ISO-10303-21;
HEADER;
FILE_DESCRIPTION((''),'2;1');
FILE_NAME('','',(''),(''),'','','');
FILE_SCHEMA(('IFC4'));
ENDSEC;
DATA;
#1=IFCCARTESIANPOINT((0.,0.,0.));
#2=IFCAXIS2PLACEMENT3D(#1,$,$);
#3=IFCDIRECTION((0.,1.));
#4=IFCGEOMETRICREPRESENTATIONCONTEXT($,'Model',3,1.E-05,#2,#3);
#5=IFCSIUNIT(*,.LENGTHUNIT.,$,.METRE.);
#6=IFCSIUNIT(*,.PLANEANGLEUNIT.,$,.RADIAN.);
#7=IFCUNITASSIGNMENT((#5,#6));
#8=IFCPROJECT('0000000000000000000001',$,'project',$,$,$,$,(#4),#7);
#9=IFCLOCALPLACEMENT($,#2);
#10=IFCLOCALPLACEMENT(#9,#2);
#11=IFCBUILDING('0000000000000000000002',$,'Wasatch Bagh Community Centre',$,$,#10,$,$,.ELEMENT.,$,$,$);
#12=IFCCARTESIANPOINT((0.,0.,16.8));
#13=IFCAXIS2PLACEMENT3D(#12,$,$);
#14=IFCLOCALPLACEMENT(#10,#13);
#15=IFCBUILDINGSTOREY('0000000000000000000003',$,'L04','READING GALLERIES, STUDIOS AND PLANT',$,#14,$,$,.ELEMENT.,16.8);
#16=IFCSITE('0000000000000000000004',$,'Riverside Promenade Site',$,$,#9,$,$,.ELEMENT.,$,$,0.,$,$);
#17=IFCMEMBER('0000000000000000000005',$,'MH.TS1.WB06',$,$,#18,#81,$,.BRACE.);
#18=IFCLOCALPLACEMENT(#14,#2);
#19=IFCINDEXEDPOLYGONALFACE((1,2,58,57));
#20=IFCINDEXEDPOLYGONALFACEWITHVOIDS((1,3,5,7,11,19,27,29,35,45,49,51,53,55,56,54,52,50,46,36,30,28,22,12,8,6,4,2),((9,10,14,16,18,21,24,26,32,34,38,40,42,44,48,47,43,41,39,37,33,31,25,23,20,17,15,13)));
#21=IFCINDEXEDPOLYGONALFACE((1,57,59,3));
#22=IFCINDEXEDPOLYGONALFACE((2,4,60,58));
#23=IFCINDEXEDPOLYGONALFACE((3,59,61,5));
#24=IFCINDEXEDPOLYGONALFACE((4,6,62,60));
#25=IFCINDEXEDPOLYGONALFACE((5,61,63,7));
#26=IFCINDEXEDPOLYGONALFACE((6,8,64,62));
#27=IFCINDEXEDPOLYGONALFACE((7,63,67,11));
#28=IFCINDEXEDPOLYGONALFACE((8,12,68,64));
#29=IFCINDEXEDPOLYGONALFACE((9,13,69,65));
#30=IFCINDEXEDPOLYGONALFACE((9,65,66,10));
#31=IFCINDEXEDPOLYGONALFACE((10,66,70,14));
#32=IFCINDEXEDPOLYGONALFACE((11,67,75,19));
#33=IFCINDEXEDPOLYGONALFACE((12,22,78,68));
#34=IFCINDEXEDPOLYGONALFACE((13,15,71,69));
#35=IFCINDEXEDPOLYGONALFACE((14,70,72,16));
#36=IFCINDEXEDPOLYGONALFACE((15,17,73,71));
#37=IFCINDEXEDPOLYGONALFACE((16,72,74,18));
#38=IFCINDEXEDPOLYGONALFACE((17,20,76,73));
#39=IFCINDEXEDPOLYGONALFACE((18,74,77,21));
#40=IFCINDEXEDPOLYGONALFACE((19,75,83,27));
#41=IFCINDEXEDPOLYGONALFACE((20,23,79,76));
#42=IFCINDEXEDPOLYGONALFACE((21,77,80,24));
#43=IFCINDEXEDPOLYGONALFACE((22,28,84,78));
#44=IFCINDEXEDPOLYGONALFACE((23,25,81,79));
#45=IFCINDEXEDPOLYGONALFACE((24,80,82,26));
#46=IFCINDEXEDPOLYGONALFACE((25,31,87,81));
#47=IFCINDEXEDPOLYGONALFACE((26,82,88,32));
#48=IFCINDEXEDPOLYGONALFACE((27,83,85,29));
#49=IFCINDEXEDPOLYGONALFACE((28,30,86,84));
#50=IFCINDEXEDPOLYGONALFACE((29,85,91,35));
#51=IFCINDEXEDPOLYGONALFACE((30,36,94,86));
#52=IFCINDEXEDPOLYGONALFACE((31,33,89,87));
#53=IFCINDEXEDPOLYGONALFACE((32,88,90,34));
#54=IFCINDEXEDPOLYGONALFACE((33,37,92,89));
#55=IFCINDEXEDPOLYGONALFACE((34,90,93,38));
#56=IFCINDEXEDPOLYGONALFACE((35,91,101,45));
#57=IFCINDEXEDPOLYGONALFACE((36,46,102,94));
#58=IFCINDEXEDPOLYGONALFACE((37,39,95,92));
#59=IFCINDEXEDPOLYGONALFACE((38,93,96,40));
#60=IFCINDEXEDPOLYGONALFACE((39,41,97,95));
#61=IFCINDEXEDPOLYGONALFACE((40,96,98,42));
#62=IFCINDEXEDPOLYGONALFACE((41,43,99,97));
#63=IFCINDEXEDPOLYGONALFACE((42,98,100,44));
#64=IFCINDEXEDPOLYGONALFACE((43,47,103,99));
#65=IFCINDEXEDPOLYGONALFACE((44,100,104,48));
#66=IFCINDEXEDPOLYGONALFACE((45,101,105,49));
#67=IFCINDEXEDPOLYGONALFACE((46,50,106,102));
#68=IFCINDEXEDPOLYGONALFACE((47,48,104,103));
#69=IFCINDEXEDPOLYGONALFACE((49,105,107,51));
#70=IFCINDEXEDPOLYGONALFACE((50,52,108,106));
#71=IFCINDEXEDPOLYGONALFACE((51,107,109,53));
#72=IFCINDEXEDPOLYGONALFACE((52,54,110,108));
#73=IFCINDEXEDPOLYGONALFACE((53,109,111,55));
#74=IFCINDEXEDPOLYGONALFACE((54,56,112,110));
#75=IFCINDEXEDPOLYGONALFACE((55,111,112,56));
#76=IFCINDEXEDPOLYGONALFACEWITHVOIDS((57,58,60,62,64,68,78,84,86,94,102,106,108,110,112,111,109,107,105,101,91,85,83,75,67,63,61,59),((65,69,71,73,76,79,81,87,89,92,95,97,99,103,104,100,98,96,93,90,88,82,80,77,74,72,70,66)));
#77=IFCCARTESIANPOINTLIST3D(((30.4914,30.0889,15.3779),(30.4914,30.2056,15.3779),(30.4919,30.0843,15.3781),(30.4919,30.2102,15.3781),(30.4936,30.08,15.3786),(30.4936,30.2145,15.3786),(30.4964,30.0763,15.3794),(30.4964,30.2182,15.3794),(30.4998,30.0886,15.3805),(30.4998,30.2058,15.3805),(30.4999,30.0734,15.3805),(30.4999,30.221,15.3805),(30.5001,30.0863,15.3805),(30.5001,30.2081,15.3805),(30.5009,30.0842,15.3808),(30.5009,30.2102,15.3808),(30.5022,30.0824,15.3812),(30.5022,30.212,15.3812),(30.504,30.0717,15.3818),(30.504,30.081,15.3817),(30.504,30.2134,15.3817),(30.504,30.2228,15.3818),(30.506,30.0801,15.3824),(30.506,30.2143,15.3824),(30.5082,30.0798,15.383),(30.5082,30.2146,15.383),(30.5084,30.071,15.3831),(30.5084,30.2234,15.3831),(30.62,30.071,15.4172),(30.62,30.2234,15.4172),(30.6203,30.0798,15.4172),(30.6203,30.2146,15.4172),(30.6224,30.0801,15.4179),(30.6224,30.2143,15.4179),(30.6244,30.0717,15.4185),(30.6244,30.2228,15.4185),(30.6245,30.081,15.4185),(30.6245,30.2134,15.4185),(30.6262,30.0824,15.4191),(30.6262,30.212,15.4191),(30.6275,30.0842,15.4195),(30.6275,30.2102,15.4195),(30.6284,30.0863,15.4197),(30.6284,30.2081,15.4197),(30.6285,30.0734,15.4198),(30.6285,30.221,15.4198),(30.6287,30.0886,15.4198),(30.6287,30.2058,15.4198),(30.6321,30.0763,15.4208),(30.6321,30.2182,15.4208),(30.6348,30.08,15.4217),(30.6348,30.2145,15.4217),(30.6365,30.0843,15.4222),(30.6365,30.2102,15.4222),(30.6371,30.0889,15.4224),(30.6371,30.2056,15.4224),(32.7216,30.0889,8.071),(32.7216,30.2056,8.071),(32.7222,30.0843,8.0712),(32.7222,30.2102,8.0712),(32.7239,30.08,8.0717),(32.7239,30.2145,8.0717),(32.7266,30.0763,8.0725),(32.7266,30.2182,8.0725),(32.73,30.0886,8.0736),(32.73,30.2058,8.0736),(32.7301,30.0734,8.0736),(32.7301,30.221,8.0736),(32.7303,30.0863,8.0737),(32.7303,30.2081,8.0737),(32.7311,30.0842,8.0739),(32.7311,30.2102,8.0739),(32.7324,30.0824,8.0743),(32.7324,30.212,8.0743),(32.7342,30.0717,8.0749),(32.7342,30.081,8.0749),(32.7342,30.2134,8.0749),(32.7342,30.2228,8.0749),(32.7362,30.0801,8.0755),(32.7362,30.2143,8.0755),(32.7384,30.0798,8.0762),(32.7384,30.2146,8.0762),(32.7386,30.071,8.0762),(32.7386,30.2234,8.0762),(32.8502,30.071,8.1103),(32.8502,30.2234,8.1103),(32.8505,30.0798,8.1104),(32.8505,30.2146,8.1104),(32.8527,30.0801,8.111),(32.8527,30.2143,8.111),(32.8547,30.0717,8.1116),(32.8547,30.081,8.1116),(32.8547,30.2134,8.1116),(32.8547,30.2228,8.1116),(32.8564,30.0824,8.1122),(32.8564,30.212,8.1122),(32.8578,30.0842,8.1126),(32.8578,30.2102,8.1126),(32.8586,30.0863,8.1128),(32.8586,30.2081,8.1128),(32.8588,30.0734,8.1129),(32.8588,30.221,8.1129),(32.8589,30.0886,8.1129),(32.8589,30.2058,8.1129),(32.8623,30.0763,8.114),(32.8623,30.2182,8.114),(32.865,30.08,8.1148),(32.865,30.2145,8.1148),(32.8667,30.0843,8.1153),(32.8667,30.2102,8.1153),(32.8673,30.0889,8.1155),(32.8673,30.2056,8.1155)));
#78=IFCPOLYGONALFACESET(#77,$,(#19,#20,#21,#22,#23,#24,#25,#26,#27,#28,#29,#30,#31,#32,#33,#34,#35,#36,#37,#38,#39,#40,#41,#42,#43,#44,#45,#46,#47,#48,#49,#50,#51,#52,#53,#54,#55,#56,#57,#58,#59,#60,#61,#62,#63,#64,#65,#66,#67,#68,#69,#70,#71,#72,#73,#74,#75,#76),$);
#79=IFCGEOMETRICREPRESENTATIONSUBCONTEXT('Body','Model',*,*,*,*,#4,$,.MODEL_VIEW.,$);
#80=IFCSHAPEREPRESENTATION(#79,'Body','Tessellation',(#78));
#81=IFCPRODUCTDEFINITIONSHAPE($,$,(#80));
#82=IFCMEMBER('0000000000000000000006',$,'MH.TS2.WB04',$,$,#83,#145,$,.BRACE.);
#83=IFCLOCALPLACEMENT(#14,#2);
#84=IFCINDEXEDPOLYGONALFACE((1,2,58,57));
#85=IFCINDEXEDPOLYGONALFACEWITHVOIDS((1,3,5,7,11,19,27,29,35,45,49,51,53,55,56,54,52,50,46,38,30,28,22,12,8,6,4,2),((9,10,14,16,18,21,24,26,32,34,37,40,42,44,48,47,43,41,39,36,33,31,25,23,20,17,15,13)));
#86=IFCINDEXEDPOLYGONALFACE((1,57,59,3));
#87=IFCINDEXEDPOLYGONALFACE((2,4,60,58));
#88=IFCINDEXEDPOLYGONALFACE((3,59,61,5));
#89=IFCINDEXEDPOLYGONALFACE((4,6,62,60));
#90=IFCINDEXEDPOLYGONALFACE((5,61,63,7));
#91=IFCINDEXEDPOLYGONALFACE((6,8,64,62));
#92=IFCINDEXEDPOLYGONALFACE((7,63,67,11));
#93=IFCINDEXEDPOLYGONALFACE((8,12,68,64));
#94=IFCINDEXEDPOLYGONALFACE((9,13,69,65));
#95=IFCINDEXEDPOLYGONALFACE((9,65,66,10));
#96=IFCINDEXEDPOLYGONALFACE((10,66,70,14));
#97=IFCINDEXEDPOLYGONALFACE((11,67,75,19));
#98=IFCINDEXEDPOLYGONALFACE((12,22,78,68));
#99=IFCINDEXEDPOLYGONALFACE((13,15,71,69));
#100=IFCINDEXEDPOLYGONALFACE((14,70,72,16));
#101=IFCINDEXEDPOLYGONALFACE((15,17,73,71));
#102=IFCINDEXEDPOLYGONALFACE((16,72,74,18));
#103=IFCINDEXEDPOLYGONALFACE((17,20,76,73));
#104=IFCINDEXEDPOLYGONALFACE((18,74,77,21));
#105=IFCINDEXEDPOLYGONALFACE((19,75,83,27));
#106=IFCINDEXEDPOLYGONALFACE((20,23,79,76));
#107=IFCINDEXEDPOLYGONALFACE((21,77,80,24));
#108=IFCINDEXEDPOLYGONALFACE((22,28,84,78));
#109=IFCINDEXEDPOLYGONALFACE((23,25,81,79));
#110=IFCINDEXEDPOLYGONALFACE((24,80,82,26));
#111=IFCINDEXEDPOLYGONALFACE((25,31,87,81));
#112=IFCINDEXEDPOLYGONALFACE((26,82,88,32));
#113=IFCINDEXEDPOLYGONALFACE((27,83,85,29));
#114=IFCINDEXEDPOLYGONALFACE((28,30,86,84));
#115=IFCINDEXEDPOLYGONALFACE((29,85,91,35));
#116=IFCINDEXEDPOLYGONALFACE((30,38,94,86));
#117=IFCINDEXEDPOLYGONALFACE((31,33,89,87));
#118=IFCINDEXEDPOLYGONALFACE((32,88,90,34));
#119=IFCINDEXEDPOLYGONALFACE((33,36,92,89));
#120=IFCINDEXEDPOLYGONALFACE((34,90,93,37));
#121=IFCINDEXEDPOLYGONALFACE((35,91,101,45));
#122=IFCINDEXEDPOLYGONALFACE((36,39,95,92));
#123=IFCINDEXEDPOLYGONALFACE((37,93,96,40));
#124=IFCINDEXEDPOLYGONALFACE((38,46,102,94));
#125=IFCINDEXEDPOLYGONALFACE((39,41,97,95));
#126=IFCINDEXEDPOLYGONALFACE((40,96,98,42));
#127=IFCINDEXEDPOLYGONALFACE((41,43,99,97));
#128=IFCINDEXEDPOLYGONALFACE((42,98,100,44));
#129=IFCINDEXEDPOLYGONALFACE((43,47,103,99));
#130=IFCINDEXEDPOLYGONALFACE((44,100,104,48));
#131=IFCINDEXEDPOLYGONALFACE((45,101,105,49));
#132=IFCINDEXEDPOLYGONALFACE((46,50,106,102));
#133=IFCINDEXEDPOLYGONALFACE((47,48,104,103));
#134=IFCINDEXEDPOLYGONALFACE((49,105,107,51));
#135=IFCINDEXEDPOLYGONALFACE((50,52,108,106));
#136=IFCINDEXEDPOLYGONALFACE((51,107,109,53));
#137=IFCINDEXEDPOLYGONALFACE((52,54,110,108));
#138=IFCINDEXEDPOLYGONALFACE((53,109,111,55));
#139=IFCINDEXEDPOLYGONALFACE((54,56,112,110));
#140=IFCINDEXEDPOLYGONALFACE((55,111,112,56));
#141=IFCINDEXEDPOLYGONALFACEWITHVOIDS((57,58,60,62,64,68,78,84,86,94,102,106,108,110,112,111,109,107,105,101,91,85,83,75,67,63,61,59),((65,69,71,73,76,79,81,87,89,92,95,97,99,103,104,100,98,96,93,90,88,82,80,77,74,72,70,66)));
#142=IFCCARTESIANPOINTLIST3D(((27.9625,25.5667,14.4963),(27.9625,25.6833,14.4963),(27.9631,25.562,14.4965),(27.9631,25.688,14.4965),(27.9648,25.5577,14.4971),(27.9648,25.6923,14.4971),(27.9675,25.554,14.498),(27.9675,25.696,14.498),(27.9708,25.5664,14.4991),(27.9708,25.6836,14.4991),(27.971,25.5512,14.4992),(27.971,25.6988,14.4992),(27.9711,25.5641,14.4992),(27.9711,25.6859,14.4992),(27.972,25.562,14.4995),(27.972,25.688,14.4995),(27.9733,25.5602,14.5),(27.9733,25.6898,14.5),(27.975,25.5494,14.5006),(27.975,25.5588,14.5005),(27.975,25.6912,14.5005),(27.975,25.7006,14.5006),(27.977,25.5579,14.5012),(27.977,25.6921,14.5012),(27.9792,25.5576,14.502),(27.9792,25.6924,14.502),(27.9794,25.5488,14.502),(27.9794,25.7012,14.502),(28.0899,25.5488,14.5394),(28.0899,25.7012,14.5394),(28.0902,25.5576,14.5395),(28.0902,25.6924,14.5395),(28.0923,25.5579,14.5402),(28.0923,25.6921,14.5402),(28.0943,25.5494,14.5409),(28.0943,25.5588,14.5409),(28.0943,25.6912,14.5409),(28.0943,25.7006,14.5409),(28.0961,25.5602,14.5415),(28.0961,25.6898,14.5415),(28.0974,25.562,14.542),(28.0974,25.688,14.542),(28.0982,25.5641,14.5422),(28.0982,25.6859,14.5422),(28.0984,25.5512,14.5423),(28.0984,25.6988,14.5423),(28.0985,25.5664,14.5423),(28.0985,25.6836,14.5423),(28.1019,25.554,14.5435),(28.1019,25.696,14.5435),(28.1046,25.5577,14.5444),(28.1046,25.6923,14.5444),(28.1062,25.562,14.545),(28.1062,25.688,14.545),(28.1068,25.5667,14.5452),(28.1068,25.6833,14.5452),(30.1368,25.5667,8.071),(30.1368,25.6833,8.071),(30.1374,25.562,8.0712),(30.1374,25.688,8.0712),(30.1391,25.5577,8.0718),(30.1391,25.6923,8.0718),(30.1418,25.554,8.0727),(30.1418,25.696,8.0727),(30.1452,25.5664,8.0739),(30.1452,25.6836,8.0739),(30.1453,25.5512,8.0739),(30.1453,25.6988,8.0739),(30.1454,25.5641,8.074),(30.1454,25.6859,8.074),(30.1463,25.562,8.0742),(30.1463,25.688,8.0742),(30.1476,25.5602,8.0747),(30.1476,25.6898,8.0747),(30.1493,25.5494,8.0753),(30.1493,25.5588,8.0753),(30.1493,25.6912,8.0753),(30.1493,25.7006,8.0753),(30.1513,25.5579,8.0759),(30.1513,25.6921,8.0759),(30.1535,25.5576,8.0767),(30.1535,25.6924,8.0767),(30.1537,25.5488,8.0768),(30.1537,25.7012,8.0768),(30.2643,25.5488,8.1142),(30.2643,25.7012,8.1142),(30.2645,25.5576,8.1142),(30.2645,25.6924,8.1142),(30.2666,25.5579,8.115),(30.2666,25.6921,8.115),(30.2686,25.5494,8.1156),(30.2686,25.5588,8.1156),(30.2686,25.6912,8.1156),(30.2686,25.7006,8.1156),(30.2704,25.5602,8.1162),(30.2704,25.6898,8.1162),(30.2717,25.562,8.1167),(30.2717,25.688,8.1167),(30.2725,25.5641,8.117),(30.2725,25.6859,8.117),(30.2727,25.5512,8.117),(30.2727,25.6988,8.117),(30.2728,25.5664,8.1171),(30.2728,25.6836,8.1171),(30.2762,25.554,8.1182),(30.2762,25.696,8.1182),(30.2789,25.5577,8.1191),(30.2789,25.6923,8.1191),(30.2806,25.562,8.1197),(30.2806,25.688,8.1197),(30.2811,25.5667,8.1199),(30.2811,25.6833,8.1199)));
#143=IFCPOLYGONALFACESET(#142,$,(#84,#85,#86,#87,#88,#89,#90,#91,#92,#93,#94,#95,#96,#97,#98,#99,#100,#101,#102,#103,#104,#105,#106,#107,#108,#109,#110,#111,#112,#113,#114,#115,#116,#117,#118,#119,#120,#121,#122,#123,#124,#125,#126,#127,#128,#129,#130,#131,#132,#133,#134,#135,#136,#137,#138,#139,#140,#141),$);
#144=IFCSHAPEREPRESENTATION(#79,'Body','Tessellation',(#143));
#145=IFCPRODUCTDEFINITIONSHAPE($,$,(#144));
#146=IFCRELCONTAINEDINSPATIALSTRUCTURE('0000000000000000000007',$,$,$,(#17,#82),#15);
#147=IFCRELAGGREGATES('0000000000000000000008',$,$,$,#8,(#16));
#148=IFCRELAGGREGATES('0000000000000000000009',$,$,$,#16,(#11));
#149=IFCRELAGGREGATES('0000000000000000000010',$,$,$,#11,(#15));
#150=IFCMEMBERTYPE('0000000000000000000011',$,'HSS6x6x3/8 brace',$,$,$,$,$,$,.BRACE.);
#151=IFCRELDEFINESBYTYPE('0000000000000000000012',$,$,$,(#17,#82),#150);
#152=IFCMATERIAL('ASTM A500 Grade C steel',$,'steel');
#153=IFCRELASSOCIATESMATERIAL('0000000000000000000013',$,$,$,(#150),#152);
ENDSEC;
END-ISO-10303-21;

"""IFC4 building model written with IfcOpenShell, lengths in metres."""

from ifc_helpers import new_model, si_unit, direction, frame, origin, origin_2d, place, context, subcontext, project, spatial, hollow_rectangle, extrude, material, material_profile, profile_set, type_object, element, save


model = new_model("IFC4")

# Units and contexts
model_context = context("Model", 3, precision=1e-05, world=origin(), true_north=direction((0.0, 1.0)))
body_context = subcontext(model_context, "Body", "Model", "MODEL_VIEW")
ifc_project = project(units=[si_unit("LENGTHUNIT", "METRE"), si_unit("PLANEANGLEUNIT", "RADIAN")], contexts=[model_context])

# Site, building, storey
site_placement = place(None, origin())
site = spatial("IfcSite", under=ifc_project, at=site_placement, Name="Riverside Promenade Site", CompositionType="ELEMENT", RefElevation=0.0)
building_placement = place(site_placement, origin())
building = spatial("IfcBuilding", under=site, at=building_placement, Name="Wasatch Bagh Community Centre", CompositionType="ELEMENT")
storey_placement = place(building_placement, frame((0.0, 0.0, 16.8)))
storey = spatial("IfcBuildingStorey", under=building, at=storey_placement, Name="L04", Description="READING GALLERIES, STUDIOS AND PLANT", CompositionType="ELEMENT", Elevation=16.8)

# Members
ifc_material_1 = material(Name="ASTM A500 Grade C steel", Category="steel")
ifc_material_profile_1 = material_profile(ifc_material_1, hollow_rectangle(XDim=0.1523, YDim=0.1523, WallThickness=0.0088, InnerFilletRadius=0.0088, OuterFilletRadius=0.0178, at=origin_2d()), Name="HSS6x6x3/8")
ifc_profile_set_1 = profile_set([ifc_material_profile_1], Name="ASTM A500 Grade C steel")
member_type_1 = type_object("IfcMemberType", Name="HSS6x6x3/8 brace", PredefinedType="BRACE", material=ifc_profile_set_1)
member_1_placement = place(storey_placement, frame((32.7944, 30.1472, 8.0933), z_axis=(-0.291927, 0.0, 0.956441), x_axis=(0.0, -1.0, 0.0)))
element("IfcMember", 1, at=member_1_placement, inside=storey, type_object=member_type_1, Name="MH.TS1.WB06", PredefinedType="BRACE", context=body_context, shape_type="SweptSolid", body=[
    extrude(hollow_rectangle(XDim=0.1523, YDim=0.1523, WallThickness=0.0088, InnerFilletRadius=0.0088, OuterFilletRadius=0.0178, at=origin_2d()), origin(), (0.0, 0.0, 1.0), 7.6396),
])
member_2_placement = place(storey_placement, frame((30.209, 25.625, 8.0955), z_axis=(-0.320544, 0.0, 0.947234), x_axis=(0.0, -1.0, 0.0)))
element("IfcMember", 2, at=member_2_placement, inside=storey, type_object=member_type_1, Name="MH.TS2.WB04", PredefinedType="BRACE", context=body_context, shape_type="SweptSolid", body=[
    extrude(hollow_rectangle(XDim=0.1523, YDim=0.1523, WallThickness=0.0088, InnerFilletRadius=0.0088, OuterFilletRadius=0.0178, at=origin_2d()), origin(), (0.0, 0.0, 1.0), 6.7832),
])

save(model, "model.ifc")
